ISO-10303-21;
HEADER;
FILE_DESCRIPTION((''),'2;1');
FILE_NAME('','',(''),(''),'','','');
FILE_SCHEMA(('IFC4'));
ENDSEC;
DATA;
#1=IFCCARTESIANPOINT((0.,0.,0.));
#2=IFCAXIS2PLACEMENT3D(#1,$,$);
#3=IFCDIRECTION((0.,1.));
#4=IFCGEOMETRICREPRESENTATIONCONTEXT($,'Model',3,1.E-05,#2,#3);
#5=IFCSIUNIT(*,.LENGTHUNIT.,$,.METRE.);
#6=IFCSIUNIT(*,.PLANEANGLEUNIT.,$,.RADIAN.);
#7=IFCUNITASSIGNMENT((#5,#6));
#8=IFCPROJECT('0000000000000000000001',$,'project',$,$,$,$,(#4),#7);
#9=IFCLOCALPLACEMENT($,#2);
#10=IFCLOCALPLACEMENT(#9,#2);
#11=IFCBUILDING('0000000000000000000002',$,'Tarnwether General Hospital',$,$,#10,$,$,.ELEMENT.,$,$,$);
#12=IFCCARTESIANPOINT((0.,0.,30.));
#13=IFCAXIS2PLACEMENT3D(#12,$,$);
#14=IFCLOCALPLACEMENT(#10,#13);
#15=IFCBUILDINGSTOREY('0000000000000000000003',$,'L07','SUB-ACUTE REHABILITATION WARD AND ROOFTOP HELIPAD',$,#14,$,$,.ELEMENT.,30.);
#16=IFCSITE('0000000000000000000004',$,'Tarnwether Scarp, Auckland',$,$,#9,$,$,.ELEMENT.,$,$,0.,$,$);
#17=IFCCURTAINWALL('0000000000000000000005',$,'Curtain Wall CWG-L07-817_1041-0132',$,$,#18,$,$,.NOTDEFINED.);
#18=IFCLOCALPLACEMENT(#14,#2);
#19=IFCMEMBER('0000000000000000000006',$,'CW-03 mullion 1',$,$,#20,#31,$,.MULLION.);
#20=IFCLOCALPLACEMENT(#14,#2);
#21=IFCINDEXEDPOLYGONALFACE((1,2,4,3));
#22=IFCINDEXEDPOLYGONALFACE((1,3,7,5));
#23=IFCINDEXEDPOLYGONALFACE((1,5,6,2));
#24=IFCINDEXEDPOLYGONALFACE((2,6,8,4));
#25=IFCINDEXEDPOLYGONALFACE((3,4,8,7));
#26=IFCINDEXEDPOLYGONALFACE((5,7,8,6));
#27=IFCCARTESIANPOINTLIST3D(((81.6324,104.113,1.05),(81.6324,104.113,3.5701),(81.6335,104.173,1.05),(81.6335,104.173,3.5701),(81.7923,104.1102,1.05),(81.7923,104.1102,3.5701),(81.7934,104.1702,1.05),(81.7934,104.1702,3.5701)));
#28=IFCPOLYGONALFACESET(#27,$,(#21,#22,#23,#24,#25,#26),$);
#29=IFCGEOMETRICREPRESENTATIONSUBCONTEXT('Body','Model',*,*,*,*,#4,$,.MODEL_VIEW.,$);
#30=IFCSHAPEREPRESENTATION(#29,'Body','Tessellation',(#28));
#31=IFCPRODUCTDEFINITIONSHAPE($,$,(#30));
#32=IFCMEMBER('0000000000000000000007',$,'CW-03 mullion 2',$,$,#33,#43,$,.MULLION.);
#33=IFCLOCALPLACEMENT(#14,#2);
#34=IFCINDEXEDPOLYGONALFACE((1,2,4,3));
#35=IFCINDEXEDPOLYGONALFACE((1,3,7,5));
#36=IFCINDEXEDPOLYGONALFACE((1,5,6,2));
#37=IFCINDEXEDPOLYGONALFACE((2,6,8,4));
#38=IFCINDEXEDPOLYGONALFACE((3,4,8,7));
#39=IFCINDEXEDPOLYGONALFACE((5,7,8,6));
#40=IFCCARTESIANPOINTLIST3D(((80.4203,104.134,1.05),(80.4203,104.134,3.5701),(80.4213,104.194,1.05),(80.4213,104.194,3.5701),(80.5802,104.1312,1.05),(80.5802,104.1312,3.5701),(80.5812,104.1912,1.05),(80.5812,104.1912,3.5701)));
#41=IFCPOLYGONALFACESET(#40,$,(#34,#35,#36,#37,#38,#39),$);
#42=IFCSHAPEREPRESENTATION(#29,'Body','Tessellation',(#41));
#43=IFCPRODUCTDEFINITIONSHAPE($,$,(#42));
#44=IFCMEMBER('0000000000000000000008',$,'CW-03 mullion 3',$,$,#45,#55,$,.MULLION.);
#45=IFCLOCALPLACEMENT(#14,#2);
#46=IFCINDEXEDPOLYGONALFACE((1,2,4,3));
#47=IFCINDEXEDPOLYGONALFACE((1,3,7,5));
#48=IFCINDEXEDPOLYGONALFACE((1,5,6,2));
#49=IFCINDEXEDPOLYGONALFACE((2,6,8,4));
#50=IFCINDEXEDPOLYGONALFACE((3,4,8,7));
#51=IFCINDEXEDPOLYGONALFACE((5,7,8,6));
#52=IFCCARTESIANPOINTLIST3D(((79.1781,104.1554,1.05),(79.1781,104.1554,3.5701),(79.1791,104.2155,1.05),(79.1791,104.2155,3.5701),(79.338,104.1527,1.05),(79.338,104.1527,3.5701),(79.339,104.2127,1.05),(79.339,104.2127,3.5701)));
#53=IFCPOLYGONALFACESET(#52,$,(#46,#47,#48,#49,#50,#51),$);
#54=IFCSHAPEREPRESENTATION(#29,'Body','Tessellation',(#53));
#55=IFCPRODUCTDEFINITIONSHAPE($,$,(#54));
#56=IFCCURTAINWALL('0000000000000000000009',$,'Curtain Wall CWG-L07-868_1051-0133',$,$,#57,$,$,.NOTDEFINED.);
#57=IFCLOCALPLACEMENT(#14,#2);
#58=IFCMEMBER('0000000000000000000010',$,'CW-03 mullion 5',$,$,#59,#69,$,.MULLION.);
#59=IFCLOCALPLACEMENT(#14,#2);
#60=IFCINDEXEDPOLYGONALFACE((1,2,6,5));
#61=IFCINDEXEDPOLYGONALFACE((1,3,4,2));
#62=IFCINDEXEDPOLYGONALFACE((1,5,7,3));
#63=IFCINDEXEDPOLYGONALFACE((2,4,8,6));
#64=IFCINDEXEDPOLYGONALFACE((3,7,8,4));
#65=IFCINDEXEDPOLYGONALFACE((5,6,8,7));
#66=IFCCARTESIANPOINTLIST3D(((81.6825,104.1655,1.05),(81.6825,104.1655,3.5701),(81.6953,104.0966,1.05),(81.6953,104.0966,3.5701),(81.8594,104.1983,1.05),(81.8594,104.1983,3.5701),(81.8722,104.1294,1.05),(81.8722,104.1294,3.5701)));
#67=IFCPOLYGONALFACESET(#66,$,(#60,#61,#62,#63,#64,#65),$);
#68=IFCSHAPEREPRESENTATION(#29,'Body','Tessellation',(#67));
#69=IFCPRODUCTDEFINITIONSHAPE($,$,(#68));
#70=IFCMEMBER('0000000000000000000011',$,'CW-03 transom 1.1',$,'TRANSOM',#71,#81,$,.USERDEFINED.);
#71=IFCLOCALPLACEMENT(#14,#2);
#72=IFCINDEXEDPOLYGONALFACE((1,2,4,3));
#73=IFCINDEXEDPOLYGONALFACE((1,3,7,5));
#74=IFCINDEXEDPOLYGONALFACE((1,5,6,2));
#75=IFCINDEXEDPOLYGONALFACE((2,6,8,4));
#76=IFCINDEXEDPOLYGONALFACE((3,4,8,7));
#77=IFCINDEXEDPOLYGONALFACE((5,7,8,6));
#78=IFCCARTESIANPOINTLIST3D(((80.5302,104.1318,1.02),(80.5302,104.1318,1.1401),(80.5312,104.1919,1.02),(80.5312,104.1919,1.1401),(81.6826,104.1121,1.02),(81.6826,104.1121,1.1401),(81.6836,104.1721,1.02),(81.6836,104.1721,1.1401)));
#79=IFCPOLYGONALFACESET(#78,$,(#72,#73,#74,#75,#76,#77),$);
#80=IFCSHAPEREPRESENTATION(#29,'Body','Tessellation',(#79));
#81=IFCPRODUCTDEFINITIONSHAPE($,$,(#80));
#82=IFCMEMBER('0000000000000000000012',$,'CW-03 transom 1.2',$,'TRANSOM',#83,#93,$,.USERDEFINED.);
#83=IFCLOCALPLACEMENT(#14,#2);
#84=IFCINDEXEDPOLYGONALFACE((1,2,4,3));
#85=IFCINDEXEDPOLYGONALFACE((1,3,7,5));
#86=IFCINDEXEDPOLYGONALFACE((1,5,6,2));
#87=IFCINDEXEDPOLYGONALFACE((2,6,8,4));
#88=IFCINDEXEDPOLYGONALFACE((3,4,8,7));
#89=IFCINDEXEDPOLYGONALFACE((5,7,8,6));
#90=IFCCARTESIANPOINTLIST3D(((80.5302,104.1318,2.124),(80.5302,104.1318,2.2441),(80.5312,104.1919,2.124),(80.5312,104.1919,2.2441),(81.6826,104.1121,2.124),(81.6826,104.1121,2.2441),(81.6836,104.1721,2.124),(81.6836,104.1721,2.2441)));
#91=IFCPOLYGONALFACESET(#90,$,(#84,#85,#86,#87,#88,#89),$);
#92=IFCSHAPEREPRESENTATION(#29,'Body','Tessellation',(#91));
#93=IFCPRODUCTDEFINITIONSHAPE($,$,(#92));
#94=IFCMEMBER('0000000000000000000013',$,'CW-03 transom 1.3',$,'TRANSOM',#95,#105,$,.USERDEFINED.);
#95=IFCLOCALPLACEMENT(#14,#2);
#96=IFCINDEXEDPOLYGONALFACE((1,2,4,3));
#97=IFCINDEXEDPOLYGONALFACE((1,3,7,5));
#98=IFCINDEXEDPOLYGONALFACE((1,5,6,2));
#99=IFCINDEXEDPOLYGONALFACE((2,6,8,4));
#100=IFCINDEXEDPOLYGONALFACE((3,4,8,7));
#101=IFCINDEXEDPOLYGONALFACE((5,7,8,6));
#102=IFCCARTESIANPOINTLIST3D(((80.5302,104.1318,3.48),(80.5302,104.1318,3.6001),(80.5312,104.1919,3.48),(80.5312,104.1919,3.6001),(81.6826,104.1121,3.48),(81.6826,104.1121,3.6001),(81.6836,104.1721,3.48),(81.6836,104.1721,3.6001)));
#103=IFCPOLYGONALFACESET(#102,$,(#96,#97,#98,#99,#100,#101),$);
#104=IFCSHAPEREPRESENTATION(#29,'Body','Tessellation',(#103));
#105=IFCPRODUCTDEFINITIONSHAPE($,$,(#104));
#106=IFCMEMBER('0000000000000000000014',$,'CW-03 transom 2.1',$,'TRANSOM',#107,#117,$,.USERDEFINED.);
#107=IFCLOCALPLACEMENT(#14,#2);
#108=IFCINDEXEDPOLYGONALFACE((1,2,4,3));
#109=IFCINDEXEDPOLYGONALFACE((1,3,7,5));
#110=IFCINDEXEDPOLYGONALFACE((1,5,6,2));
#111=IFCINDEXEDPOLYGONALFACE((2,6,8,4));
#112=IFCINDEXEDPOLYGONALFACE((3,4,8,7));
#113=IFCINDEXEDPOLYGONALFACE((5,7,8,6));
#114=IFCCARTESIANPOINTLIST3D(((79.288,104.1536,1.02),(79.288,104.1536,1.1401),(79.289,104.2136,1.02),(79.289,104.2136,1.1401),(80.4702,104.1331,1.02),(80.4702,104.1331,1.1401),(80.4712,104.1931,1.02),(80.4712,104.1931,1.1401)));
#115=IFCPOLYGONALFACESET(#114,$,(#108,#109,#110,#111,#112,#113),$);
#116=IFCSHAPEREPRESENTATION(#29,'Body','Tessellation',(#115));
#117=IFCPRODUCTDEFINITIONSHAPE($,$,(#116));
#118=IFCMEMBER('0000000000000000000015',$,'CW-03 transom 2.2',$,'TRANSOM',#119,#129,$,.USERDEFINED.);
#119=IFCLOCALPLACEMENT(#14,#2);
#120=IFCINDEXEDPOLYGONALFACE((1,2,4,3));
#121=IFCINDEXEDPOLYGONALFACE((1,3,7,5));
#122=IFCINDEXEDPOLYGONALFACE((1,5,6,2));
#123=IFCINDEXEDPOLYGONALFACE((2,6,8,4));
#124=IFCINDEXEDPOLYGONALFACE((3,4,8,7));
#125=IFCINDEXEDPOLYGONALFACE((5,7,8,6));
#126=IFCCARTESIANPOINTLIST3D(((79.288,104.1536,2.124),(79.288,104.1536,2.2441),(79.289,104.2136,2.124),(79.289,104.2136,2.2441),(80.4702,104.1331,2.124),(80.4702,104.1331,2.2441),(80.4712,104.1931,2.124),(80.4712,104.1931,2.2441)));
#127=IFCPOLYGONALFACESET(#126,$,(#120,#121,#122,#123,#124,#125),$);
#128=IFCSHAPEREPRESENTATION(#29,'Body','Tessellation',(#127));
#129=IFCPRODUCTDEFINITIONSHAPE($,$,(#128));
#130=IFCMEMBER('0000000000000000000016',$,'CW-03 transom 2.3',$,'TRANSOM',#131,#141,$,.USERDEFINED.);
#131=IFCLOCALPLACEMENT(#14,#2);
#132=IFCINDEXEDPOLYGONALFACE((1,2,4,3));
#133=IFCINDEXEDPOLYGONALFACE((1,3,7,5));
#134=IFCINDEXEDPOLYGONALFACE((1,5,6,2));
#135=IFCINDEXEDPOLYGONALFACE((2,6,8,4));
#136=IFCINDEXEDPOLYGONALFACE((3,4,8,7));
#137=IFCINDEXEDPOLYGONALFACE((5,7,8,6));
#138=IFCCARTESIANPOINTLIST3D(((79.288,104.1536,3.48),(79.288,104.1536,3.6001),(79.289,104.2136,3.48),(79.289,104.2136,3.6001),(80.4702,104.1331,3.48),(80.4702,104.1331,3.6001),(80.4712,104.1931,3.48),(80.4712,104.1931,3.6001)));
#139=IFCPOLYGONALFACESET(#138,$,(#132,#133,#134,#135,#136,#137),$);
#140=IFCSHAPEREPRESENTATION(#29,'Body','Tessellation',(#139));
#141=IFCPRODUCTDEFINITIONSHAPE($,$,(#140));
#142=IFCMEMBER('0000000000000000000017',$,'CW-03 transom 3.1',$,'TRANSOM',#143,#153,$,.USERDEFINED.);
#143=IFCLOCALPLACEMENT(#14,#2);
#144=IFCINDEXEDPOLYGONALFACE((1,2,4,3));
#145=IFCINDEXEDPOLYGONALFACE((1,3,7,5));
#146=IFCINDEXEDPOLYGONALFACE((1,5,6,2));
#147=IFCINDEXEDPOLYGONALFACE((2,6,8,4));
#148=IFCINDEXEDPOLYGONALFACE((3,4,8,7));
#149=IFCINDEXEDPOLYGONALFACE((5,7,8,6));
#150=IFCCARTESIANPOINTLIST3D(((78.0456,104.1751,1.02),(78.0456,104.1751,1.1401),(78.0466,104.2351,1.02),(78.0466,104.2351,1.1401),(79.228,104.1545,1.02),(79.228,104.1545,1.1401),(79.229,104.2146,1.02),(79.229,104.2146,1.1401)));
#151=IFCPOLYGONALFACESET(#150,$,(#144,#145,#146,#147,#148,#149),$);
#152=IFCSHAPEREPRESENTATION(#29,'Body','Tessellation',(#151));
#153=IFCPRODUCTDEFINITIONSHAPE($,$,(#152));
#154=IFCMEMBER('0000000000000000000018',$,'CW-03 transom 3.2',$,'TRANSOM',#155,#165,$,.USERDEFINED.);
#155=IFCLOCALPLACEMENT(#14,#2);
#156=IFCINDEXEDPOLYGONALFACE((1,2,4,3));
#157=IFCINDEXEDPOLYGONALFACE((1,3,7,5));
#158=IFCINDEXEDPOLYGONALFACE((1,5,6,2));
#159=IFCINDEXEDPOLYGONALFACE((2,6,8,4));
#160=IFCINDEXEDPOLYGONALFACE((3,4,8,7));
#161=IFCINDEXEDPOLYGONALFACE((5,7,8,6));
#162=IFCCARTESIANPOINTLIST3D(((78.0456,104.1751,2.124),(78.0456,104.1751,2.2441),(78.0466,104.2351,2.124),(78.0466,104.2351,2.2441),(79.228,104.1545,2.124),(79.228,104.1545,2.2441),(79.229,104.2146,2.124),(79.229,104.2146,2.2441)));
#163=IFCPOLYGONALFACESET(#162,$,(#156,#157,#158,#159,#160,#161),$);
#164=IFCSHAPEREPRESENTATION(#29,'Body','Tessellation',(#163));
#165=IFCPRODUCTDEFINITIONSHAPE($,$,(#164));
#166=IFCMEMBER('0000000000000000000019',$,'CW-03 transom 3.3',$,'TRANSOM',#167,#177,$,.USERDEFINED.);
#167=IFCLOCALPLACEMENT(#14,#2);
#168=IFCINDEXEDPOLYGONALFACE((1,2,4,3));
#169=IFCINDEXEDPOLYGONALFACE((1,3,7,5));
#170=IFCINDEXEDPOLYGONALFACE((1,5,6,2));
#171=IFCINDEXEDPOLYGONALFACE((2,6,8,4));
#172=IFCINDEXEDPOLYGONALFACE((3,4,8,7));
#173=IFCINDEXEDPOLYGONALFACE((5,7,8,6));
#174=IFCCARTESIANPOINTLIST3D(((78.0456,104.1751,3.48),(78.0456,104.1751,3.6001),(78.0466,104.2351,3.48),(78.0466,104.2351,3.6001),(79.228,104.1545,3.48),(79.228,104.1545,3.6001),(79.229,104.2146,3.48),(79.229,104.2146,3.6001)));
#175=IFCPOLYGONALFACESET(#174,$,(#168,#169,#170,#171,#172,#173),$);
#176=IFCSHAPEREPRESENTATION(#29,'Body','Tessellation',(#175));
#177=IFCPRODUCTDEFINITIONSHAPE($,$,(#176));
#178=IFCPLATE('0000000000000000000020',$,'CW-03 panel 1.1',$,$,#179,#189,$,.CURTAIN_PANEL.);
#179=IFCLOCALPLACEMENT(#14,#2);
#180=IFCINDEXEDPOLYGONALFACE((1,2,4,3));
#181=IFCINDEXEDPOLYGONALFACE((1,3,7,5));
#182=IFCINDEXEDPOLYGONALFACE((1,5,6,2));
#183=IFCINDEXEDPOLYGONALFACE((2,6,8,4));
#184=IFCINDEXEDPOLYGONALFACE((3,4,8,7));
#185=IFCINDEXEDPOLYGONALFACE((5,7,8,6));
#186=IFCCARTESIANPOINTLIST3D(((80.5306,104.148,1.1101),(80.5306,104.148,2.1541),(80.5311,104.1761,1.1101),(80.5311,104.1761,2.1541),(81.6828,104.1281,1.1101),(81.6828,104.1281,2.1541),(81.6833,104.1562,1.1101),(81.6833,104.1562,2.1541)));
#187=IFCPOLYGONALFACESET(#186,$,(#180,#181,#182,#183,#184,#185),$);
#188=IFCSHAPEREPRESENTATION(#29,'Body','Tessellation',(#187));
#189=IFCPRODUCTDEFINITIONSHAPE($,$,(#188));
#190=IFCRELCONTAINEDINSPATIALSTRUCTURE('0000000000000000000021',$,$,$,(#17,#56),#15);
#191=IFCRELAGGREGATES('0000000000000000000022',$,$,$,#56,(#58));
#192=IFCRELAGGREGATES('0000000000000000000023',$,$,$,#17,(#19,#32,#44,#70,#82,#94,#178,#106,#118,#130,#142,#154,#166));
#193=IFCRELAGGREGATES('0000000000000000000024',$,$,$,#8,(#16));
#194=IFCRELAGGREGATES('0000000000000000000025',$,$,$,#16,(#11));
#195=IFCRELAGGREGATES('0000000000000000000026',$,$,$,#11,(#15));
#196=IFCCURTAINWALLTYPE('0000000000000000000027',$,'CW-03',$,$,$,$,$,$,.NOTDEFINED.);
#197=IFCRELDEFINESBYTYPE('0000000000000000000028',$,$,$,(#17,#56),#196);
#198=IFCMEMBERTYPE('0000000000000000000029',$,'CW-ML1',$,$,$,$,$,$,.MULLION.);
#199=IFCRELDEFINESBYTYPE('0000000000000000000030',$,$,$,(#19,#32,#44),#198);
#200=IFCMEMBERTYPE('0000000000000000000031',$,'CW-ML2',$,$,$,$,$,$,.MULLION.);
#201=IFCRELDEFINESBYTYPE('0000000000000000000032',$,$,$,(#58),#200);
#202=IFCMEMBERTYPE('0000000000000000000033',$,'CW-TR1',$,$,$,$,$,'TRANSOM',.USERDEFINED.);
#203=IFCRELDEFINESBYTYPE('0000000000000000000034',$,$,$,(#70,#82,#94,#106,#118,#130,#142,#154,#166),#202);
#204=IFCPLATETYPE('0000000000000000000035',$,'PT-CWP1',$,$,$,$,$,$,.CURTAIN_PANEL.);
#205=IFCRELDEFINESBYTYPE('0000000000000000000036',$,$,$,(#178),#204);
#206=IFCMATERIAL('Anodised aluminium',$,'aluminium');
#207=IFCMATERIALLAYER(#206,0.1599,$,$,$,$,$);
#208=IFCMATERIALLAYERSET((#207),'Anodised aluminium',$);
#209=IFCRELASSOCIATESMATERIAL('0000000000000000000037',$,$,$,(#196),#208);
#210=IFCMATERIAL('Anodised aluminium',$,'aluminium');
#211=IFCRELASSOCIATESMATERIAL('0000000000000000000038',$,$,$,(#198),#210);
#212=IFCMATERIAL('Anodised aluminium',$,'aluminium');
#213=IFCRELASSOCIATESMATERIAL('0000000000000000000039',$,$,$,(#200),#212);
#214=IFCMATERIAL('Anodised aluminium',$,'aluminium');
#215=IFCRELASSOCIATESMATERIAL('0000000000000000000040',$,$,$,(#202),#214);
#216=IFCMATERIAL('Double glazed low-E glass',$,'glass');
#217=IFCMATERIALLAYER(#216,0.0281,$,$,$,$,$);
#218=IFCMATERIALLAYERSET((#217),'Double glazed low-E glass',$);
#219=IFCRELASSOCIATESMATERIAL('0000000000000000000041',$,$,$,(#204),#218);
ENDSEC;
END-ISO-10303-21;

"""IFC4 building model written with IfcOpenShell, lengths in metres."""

from ifc_helpers import new_model, si_unit, direction, frame, origin, origin_2d, place, context, subcontext, project, spatial, rectangle, extrude, material, layer, layer_set, material_profile, profile_set, type_object, element, aggregate, save


model = new_model("IFC4")

# Units and contexts
model_context = context("Model", 3, precision=1e-05, world=origin(), true_north=direction((0.0, 1.0)))
body_context = subcontext(model_context, "Body", "Model", "MODEL_VIEW")
ifc_project = project(units=[si_unit("LENGTHUNIT", "METRE"), si_unit("PLANEANGLEUNIT", "RADIAN")], contexts=[model_context])

# Site, building, storey
site_placement = place(None, origin())
site = spatial("IfcSite", under=ifc_project, at=site_placement, Name="Tarnwether Scarp, Auckland", CompositionType="ELEMENT", RefElevation=0.0)
building_placement = place(site_placement, origin())
building = spatial("IfcBuilding", under=site, at=building_placement, Name="Tarnwether General Hospital", CompositionType="ELEMENT")
storey_placement = place(building_placement, frame((0.0, 0.0, 30.0)))
storey = spatial("IfcBuildingStorey", under=building, at=storey_placement, Name="L07", Description="SUB-ACUTE REHABILITATION WARD AND ROOFTOP HELIPAD", CompositionType="ELEMENT", Elevation=30.0)

# Curtain wall, members
ifc_material_1 = material(Name="Anodised aluminium", Category="aluminium")
ifc_layer_1 = layer(ifc_material_1, 0.1599)
ifc_layer_set_1 = layer_set([ifc_layer_1], Name="Anodised aluminium")
curtain_wall_type = type_object("IfcCurtainWallType", Name="CW-03", PredefinedType="NOTDEFINED", material=ifc_layer_set_1)
curtain_wall_1_placement = place(storey_placement, origin())
curtain_wall_1 = element("IfcCurtainWall", 1, at=curtain_wall_1_placement, inside=storey, type_object=curtain_wall_type, Name="Curtain Wall CWG-L07-817_1041-0132", PredefinedType="NOTDEFINED")
ifc_material_2 = material(Name="Anodised aluminium", Category="aluminium")
ifc_material_profile_1 = material_profile(ifc_material_2, rectangle(XDim=0.0601, YDim=0.1599, at=origin_2d()), Name="ALU-MUL-60x160")
ifc_profile_set_1 = profile_set([ifc_material_profile_1], Name="Anodised aluminium")
member_type_1 = type_object("IfcMemberType", Name="CW-ML1", PredefinedType="MULLION", material=ifc_profile_set_1)
member_1_placement = place(storey_placement, frame((81.7129, 104.1416, 1.05), z_axis=(0.0, 0.0, 1.0), x_axis=(-0.017305, -0.99985, 0.0)))
member_1 = element("IfcMember", 2, at=member_1_placement, type_object=member_type_1, Name="CW-03 mullion 1", PredefinedType="MULLION", context=body_context, shape_type="SweptSolid", body=[
    extrude(rectangle(XDim=0.0601, YDim=0.1599, at=origin_2d()), origin(), (0.0, 0.0, 1.0), 2.52),
])
member_2_placement = place(storey_placement, frame((80.5007, 104.1626, 1.05), z_axis=(0.0, 0.0, 1.0), x_axis=(-0.017305, -0.99985, 0.0)))
member_2 = element("IfcMember", 3, at=member_2_placement, type_object=member_type_1, Name="CW-03 mullion 2", PredefinedType="MULLION", context=body_context, shape_type="SweptSolid", body=[
    extrude(rectangle(XDim=0.0601, YDim=0.1599, at=origin_2d()), origin(), (0.0, 0.0, 1.0), 2.52),
])
member_3_placement = place(storey_placement, frame((79.2585, 104.1841, 1.05), z_axis=(0.0, 0.0, 1.0), x_axis=(-0.017305, -0.99985, 0.0)))
member_3 = element("IfcMember", 4, at=member_3_placement, type_object=member_type_1, Name="CW-03 mullion 3", PredefinedType="MULLION", context=body_context, shape_type="SweptSolid", body=[
    extrude(rectangle(XDim=0.0601, YDim=0.1599, at=origin_2d()), origin(), (0.0, 0.0, 1.0), 2.52),
])

# Curtain wall, member
curtain_wall_2_placement = place(storey_placement, origin())
curtain_wall_2 = element("IfcCurtainWall", 5, at=curtain_wall_2_placement, inside=storey, type_object=curtain_wall_type, Name="Curtain Wall CWG-L07-868_1051-0133", PredefinedType="NOTDEFINED")
ifc_material_3 = material(Name="Anodised aluminium", Category="aluminium")
ifc_material_profile_2 = material_profile(ifc_material_3, rectangle(XDim=0.0701, YDim=0.1799, at=origin_2d()), Name="ALU-MUL-70x180")
ifc_profile_set_2 = profile_set([ifc_material_profile_2], Name="Anodised aluminium")
member_type_2 = type_object("IfcMemberType", Name="CW-ML2", PredefinedType="MULLION", material=ifc_profile_set_2)
member_4_placement = place(storey_placement, frame((81.7773, 104.1475, 1.05), z_axis=(0.0, 0.0, 1.0), x_axis=(0.182165, -0.983268, 0.0)))
member_4 = element("IfcMember", 6, at=member_4_placement, type_object=member_type_2, Name="CW-03 mullion 5", PredefinedType="MULLION", context=body_context, shape_type="SweptSolid", body=[
    extrude(rectangle(XDim=0.0701, YDim=0.1799, at=origin_2d()), origin(), (0.0, 0.0, 1.0), 2.52),
])
aggregate(curtain_wall_2, [member_4])

# Members
ifc_material_4 = material(Name="Anodised aluminium", Category="aluminium")
ifc_material_profile_3 = material_profile(ifc_material_4, rectangle(XDim=0.0601, YDim=0.1201, at=origin_2d()), Name="ALU-TRN-60x120")
ifc_profile_set_3 = profile_set([ifc_material_profile_3], Name="Anodised aluminium")
member_type_3 = type_object("IfcMemberType", Name="CW-TR1", ElementType="TRANSOM", PredefinedType="USERDEFINED", material=ifc_profile_set_3)
member_5_placement = place(storey_placement, frame((81.6831, 104.1421, 1.0801), z_axis=(-0.999853, 0.017158, 0.0), x_axis=(-0.017158, -0.999853, 0.0)))
member_5 = element("IfcMember", 7, at=member_5_placement, type_object=member_type_3, Name="CW-03 transom 1.1", ObjectType="TRANSOM", PredefinedType="USERDEFINED", context=body_context, shape_type="SweptSolid", body=[
    extrude(rectangle(XDim=0.0601, YDim=0.1201, at=origin_2d()), origin(), (0.0, 0.0, 1.0), 1.1526),
])
member_6_placement = place(storey_placement, frame((81.6831, 104.1421, 2.1841), z_axis=(-0.999853, 0.017158, 0.0), x_axis=(-0.017158, -0.999853, 0.0)))
member_6 = element("IfcMember", 8, at=member_6_placement, type_object=member_type_3, Name="CW-03 transom 1.2", ObjectType="TRANSOM", PredefinedType="USERDEFINED", context=body_context, shape_type="SweptSolid", body=[
    extrude(rectangle(XDim=0.0601, YDim=0.1201, at=origin_2d()), origin(), (0.0, 0.0, 1.0), 1.1526),
])
member_7_placement = place(storey_placement, frame((81.6831, 104.1421, 3.54), z_axis=(-0.999853, 0.017158, 0.0), x_axis=(-0.017158, -0.999853, 0.0)))
member_7 = element("IfcMember", 9, at=member_7_placement, type_object=member_type_3, Name="CW-03 transom 1.3", ObjectType="TRANSOM", PredefinedType="USERDEFINED", context=body_context, shape_type="SweptSolid", body=[
    extrude(rectangle(XDim=0.0601, YDim=0.1201, at=origin_2d()), origin(), (0.0, 0.0, 1.0), 1.1526),
])
member_8_placement = place(storey_placement, frame((80.4707, 104.1631, 1.0801), z_axis=(-0.99985, 0.017346, 0.0), x_axis=(-0.017346, -0.99985, 0.0)))
member_8 = element("IfcMember", 10, at=member_8_placement, type_object=member_type_3, Name="CW-03 transom 2.1", ObjectType="TRANSOM", PredefinedType="USERDEFINED", context=body_context, shape_type="SweptSolid", body=[
    extrude(rectangle(XDim=0.0601, YDim=0.1201, at=origin_2d()), origin(), (0.0, 0.0, 1.0), 1.1824),
])
member_9_placement = place(storey_placement, frame((80.4707, 104.1631, 2.1841), z_axis=(-0.99985, 0.017346, 0.0), x_axis=(-0.017346, -0.99985, 0.0)))
member_9 = element("IfcMember", 11, at=member_9_placement, type_object=member_type_3, Name="CW-03 transom 2.2", ObjectType="TRANSOM", PredefinedType="USERDEFINED", context=body_context, shape_type="SweptSolid", body=[
    extrude(rectangle(XDim=0.0601, YDim=0.1201, at=origin_2d()), origin(), (0.0, 0.0, 1.0), 1.1824),
])
member_10_placement = place(storey_placement, frame((80.4707, 104.1631, 3.54), z_axis=(-0.99985, 0.017346, 0.0), x_axis=(-0.017346, -0.99985, 0.0)))
member_10 = element("IfcMember", 12, at=member_10_placement, type_object=member_type_3, Name="CW-03 transom 2.3", ObjectType="TRANSOM", PredefinedType="USERDEFINED", context=body_context, shape_type="SweptSolid", body=[
    extrude(rectangle(XDim=0.0601, YDim=0.1201, at=origin_2d()), origin(), (0.0, 0.0, 1.0), 1.1824),
])
member_11_placement = place(storey_placement, frame((79.2285, 104.1846, 1.0801), z_axis=(-0.99985, 0.017342, 0.0), x_axis=(-0.017342, -0.99985, 0.0)))
member_11 = element("IfcMember", 13, at=member_11_placement, type_object=member_type_3, Name="CW-03 transom 3.1", ObjectType="TRANSOM", PredefinedType="USERDEFINED", context=body_context, shape_type="SweptSolid", body=[
    extrude(rectangle(XDim=0.0601, YDim=0.1201, at=origin_2d()), origin(), (0.0, 0.0, 1.0), 1.1826),
])
member_12_placement = place(storey_placement, frame((79.2285, 104.1846, 2.1841), z_axis=(-0.99985, 0.017342, 0.0), x_axis=(-0.017342, -0.99985, 0.0)))
member_12 = element("IfcMember", 14, at=member_12_placement, type_object=member_type_3, Name="CW-03 transom 3.2", ObjectType="TRANSOM", PredefinedType="USERDEFINED", context=body_context, shape_type="SweptSolid", body=[
    extrude(rectangle(XDim=0.0601, YDim=0.1201, at=origin_2d()), origin(), (0.0, 0.0, 1.0), 1.1826),
])
member_13_placement = place(storey_placement, frame((79.2285, 104.1846, 3.54), z_axis=(-0.99985, 0.017342, 0.0), x_axis=(-0.017342, -0.99985, 0.0)))
member_13 = element("IfcMember", 15, at=member_13_placement, type_object=member_type_3, Name="CW-03 transom 3.3", ObjectType="TRANSOM", PredefinedType="USERDEFINED", context=body_context, shape_type="SweptSolid", body=[
    extrude(rectangle(XDim=0.0601, YDim=0.1201, at=origin_2d()), origin(), (0.0, 0.0, 1.0), 1.1826),
])

# Plate
ifc_material_5 = material(Name="Double glazed low-E glass", Category="glass")
ifc_layer_2 = layer(ifc_material_5, 0.0281)
ifc_layer_set_2 = layer_set([ifc_layer_2], Name="Double glazed low-E glass")
plate_type = type_object("IfcPlateType", Name="PT-CWP1", PredefinedType="CURTAIN_PANEL", material=ifc_layer_set_2)
plate_1_placement = place(storey_placement, frame((81.1069, 104.1521, 1.1101), z_axis=(0.0, 0.0, 1.0), x_axis=(-0.99985, 0.017305, 0.0)))
plate_1 = element("IfcPlate", 16, at=plate_1_placement, type_object=plate_type, Name="CW-03 panel 1.1", PredefinedType="CURTAIN_PANEL", context=body_context, shape_type="SweptSolid", body=[
    extrude(rectangle(XDim=1.1523, YDim=0.0281, at=origin_2d()), origin(), (0.0, 0.0, 1.0), 1.0439),
])
aggregate(curtain_wall_1, [member_1, member_2, member_3, member_5, member_6, member_7, plate_1, member_8, member_9, member_10, member_11, member_12, member_13])

save(model, "model.ifc")
